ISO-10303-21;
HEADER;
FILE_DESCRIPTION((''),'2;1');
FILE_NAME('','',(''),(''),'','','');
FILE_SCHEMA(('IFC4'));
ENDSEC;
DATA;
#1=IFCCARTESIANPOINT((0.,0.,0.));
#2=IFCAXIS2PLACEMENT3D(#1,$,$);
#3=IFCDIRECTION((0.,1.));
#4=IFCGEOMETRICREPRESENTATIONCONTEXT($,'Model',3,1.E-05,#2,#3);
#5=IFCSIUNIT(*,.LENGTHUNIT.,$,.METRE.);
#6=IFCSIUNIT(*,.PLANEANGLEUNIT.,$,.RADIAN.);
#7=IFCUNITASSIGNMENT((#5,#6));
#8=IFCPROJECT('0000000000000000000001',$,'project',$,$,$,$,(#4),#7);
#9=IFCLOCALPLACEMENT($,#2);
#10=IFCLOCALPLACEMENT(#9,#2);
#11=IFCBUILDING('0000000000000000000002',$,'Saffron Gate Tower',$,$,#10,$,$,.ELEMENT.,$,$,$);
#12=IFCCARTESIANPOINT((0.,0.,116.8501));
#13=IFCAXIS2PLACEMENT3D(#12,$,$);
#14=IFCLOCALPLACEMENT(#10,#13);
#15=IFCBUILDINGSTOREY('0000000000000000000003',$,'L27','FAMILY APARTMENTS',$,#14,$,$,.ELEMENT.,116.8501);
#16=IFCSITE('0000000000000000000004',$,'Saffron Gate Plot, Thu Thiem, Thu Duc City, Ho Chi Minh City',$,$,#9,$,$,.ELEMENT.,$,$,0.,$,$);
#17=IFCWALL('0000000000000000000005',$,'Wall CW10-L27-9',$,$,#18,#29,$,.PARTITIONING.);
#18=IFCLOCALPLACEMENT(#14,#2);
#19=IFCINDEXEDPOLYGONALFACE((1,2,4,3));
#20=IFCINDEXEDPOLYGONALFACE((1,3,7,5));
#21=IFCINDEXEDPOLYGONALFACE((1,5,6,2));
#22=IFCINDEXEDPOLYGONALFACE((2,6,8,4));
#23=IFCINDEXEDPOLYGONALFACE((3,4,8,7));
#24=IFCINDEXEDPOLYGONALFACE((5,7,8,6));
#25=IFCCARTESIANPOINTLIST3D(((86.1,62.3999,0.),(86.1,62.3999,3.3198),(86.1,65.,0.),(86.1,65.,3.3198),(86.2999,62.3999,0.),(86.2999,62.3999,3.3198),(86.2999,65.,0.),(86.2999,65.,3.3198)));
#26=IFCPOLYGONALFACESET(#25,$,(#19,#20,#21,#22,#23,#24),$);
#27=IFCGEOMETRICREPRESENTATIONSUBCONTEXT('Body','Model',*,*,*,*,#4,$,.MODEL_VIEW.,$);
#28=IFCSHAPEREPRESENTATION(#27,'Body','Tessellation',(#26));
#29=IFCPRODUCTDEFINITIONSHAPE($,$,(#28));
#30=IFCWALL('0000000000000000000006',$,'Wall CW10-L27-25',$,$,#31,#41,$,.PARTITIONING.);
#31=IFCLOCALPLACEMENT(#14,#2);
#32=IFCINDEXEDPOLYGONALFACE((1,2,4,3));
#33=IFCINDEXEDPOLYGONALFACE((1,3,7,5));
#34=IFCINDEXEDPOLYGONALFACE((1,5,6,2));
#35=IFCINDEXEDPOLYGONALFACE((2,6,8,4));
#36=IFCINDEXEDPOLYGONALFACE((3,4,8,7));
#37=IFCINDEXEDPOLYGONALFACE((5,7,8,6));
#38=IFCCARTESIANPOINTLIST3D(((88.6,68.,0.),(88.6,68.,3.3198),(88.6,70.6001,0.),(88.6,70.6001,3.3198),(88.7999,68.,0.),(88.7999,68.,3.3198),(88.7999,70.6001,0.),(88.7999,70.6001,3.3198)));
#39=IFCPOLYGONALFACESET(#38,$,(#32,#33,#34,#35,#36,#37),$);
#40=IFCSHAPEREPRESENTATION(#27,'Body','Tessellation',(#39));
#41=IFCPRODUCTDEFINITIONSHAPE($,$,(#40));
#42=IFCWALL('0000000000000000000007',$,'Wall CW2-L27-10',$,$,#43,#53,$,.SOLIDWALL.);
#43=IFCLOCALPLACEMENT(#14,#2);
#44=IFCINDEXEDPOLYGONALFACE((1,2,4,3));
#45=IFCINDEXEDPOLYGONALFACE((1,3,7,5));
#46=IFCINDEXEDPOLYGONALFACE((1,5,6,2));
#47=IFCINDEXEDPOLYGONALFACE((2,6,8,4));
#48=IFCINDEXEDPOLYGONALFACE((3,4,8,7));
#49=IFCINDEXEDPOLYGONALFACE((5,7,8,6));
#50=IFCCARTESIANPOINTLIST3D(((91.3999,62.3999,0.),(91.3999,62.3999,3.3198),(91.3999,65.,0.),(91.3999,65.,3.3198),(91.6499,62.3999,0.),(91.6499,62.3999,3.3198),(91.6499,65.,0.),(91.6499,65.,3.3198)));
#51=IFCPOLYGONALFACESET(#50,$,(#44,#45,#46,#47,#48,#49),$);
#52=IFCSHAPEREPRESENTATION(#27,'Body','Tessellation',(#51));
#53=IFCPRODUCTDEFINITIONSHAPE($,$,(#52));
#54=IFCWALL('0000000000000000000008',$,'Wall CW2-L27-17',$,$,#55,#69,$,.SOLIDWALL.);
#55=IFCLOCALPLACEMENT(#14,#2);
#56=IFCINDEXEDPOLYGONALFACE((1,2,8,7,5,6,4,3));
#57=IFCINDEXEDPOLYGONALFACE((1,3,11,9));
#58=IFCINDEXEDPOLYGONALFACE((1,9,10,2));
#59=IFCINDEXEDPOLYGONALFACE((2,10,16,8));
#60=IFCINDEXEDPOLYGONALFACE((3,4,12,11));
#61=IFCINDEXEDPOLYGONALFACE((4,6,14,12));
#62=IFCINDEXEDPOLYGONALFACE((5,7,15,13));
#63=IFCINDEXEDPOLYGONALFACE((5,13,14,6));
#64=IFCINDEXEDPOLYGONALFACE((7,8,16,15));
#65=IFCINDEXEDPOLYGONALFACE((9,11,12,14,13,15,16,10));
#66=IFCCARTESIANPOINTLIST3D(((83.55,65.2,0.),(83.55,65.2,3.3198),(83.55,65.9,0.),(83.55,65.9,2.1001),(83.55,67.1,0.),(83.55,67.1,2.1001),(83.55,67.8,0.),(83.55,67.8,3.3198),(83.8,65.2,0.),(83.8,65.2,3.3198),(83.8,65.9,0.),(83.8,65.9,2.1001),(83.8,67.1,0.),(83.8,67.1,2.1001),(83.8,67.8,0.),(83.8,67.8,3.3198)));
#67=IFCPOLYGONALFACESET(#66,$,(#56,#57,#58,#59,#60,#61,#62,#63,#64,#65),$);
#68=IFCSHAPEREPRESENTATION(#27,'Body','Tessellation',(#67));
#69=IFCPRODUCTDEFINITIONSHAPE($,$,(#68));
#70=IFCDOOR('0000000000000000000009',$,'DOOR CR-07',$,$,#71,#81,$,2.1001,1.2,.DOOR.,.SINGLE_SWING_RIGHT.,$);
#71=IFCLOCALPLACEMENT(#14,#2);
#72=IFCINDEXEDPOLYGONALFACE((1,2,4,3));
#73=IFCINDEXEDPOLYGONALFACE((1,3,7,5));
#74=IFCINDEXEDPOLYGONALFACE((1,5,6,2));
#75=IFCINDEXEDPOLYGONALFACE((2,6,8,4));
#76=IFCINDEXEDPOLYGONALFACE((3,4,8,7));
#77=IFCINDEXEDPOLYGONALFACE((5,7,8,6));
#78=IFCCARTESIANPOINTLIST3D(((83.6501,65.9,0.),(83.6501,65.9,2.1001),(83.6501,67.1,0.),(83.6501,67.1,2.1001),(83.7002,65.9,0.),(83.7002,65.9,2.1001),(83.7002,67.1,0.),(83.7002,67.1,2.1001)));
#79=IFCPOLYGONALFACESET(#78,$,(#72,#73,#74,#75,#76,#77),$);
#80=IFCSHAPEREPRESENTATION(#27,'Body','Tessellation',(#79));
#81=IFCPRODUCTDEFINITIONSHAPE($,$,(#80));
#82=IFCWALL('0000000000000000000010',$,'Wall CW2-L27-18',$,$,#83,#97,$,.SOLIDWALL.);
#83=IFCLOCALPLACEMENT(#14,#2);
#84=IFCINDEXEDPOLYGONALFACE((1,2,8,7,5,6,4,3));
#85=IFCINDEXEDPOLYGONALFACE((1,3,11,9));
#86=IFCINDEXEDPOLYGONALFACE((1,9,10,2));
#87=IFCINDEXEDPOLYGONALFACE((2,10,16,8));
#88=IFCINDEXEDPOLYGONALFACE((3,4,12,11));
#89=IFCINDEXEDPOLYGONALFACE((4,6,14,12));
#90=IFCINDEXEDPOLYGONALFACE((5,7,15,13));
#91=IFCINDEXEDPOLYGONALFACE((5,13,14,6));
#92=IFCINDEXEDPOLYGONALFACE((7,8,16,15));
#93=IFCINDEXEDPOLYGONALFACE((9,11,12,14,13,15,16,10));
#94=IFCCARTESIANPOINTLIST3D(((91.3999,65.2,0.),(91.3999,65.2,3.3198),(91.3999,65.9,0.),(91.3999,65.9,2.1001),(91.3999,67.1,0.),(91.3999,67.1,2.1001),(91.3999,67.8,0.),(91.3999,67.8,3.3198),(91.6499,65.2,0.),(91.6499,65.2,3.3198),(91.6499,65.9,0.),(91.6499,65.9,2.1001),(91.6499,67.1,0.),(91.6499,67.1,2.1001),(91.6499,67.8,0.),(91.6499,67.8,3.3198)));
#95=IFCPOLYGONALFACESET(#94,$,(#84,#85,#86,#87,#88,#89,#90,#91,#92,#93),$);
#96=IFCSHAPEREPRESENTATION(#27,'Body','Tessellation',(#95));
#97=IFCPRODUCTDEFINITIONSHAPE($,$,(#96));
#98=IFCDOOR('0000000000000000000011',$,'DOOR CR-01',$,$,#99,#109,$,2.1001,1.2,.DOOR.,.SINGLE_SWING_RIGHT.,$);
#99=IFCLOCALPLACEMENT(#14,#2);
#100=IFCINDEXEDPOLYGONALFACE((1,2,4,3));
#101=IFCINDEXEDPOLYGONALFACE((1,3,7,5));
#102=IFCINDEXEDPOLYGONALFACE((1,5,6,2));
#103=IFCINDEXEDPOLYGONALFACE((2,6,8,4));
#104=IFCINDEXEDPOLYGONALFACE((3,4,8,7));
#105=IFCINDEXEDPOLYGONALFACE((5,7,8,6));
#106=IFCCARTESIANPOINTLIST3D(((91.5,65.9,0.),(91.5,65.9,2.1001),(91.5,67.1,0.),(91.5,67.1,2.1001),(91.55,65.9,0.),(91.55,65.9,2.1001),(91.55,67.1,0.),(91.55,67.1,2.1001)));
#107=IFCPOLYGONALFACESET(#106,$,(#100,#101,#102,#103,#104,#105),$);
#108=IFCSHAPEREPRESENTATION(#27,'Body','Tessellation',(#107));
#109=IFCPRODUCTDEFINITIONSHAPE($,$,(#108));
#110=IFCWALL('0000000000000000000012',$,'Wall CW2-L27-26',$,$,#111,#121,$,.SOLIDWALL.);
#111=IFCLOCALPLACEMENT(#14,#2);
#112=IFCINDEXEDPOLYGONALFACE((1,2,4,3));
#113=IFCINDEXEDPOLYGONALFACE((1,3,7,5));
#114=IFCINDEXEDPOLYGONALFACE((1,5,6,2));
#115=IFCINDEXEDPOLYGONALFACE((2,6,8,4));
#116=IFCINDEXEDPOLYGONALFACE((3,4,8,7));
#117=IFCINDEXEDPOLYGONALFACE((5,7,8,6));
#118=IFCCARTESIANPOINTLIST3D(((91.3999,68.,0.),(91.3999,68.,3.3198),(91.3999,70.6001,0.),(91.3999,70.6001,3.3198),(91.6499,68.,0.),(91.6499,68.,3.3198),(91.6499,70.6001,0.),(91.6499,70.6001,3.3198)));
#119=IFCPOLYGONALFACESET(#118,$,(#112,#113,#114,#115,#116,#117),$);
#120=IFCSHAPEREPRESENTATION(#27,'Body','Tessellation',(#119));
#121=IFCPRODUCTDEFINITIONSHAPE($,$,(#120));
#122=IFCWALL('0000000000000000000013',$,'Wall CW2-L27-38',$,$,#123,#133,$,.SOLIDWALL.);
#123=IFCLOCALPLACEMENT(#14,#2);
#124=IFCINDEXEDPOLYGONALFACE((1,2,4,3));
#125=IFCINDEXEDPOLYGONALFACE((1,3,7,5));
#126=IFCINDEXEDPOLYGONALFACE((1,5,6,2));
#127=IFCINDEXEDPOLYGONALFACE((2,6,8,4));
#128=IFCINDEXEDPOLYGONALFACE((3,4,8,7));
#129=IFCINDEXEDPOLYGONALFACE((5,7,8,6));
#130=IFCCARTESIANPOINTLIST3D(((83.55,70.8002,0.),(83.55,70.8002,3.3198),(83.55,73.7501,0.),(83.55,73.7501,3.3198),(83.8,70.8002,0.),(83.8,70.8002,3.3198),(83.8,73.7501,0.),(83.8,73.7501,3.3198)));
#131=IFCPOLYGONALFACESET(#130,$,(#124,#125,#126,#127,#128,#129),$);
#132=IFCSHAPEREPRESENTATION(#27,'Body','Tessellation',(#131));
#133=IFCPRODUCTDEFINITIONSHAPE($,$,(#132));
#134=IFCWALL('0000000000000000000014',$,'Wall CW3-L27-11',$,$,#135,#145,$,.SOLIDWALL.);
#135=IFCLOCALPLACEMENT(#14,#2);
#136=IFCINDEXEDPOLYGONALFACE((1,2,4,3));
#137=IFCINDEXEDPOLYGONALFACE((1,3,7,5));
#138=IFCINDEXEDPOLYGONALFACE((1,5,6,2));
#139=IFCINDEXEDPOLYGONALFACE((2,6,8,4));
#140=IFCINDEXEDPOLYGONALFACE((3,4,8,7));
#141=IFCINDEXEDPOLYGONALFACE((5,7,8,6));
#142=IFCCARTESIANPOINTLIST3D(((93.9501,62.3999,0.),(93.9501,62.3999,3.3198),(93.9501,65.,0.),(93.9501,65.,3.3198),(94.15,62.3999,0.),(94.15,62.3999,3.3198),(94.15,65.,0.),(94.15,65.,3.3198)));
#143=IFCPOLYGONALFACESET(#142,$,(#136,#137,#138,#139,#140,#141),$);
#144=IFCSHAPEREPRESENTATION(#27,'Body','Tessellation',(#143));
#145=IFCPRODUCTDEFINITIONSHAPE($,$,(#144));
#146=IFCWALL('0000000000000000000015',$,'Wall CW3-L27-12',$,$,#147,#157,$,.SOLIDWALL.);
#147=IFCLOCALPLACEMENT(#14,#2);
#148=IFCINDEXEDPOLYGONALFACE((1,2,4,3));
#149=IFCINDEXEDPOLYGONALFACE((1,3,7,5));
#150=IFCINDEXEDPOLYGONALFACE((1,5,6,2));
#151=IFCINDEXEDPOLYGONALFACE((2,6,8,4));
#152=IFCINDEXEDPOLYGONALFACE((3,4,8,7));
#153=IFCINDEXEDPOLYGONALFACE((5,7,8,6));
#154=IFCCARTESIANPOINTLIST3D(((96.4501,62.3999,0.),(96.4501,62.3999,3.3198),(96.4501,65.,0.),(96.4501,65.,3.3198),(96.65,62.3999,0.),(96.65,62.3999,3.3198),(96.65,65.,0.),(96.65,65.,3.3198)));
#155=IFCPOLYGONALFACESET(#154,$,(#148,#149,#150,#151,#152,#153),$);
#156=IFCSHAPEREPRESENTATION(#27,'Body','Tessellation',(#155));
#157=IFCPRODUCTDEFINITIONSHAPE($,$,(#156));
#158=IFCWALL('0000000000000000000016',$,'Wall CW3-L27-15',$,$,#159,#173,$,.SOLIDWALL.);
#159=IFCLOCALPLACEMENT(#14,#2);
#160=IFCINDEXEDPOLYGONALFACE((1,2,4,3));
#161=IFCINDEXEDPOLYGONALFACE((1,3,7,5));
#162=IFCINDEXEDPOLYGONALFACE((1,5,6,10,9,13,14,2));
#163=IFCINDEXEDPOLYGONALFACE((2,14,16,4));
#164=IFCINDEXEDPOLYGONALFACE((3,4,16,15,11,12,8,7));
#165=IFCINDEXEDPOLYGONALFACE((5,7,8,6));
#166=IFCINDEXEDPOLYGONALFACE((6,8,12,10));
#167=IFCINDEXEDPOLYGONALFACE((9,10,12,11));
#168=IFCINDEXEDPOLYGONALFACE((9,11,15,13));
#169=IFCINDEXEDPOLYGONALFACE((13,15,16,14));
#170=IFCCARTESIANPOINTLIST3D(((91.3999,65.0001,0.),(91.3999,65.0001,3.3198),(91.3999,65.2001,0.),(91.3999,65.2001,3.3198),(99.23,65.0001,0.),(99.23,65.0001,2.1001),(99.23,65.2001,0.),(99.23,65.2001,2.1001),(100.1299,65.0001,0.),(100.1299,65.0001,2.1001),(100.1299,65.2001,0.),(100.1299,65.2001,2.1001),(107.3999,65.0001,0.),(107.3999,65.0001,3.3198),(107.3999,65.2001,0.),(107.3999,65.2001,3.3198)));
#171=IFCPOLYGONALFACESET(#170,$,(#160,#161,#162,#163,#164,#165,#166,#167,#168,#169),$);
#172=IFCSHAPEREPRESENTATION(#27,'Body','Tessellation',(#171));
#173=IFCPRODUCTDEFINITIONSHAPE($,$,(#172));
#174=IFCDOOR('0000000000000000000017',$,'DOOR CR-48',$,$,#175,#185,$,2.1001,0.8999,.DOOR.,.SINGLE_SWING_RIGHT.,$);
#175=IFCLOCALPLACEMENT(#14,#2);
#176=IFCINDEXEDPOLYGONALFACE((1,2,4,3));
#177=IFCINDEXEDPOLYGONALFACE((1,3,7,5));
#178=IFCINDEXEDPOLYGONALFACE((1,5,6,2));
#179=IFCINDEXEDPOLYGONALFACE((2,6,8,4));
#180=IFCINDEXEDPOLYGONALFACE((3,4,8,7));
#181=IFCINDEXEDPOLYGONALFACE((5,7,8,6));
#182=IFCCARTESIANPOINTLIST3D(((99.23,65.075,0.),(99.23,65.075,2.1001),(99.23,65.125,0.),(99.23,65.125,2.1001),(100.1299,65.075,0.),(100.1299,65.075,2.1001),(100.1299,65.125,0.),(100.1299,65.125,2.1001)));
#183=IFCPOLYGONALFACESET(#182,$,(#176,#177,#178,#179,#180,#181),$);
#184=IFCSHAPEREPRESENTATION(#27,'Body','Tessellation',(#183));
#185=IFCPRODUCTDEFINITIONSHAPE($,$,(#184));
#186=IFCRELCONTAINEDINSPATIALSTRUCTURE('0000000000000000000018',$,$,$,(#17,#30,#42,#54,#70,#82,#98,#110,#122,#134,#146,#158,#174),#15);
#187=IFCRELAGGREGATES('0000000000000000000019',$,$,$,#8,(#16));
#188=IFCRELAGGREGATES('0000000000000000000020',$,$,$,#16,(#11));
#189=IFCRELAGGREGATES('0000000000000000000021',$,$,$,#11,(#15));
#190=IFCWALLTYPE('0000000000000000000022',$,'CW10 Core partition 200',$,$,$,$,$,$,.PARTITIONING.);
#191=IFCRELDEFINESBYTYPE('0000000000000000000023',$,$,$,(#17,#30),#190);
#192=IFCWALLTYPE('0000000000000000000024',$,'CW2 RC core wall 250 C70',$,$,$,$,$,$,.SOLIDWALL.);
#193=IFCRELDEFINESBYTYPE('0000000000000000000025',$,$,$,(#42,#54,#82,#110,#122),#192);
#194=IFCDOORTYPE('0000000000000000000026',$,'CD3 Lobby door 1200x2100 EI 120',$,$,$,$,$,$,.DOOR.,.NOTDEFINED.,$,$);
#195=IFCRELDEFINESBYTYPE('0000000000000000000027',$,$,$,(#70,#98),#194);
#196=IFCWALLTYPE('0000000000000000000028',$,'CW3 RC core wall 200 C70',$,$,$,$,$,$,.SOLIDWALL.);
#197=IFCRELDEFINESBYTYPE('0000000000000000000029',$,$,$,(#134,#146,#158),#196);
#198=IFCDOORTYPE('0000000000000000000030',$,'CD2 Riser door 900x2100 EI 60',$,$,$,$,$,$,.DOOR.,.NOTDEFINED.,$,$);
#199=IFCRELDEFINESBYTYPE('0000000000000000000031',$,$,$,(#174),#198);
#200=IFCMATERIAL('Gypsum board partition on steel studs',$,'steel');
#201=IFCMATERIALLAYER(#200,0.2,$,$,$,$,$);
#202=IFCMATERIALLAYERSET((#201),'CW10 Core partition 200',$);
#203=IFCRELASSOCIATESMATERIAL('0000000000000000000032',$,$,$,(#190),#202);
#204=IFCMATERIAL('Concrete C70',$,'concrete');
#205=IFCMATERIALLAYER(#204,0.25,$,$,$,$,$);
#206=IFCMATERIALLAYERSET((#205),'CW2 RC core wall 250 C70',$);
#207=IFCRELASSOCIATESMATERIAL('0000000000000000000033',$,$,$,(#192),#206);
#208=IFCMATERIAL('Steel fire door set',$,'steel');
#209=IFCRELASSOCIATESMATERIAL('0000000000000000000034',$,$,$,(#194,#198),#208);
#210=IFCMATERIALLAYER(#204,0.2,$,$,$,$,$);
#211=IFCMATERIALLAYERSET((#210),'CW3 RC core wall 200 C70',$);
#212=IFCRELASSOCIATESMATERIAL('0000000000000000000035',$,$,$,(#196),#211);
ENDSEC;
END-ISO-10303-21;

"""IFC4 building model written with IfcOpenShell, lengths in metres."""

from ifc_helpers import new_model, si_unit, direction, frame, frame_2d, origin, place, context, subcontext, project, spatial, rectangle, extrude, material, layer, layer_set, type_object, element, fill, save


model = new_model("IFC4")

# Units and contexts
model_context = context("Model", 3, precision=1e-05, world=origin(), true_north=direction((0.0, 1.0)))
body_context = subcontext(model_context, "Body", "Model", "MODEL_VIEW")
ifc_project = project(units=[si_unit("LENGTHUNIT", "METRE"), si_unit("PLANEANGLEUNIT", "RADIAN")], contexts=[model_context])

# Site, building, storey
site_placement = place(None, origin())
site = spatial("IfcSite", under=ifc_project, at=site_placement, Name="Saffron Gate Plot, Thu Thiem, Thu Duc City, Ho Chi Minh City", CompositionType="ELEMENT", RefElevation=0.0)
building_placement = place(site_placement, origin())
building = spatial("IfcBuilding", under=site, at=building_placement, Name="Saffron Gate Tower", CompositionType="ELEMENT")
storey_placement = place(building_placement, frame((0.0, 0.0, 116.8501)))
storey = spatial("IfcBuildingStorey", under=building, at=storey_placement, Name="L27", Description="FAMILY APARTMENTS", CompositionType="ELEMENT", Elevation=116.8501)

# Walls
ifc_material_1 = material(Name="Gypsum board partition on steel studs", Category="steel")
ifc_layer_1 = layer(ifc_material_1, 0.2)
ifc_layer_set_1 = layer_set([ifc_layer_1], Name="CW10 Core partition 200")
wall_type_1 = type_object("IfcWallType", Name="CW10 Core partition 200", PredefinedType="PARTITIONING", material=ifc_layer_set_1)
for number, where, z_axis, x_axis, name in (
    (1, (86.2, 62.3999, 0.0), (0.0, 0.0, 1.0), (0.0, 1.0, 0.0), "Wall CW10-L27-9"),
    (2, (88.7, 68.0, 0.0), (0.0, 0.0, 1.0), (0.0, 1.0, 0.0), "Wall CW10-L27-25"),
):
    element("IfcWall", number, at=place(storey_placement, frame(where, z_axis=z_axis, x_axis=x_axis)), inside=storey, type_object=wall_type_1, Name=name, PredefinedType="PARTITIONING", context=body_context, shape_type="SweptSolid", body=[
        extrude(rectangle(XDim=2.6001, YDim=0.2, at=frame_2d((1.3, 0.0))), origin(), (0.0, 0.0, 1.0), 3.3198),
    ])
ifc_material_2 = material(Name="Concrete C70", Category="concrete")
ifc_layer_2 = layer(ifc_material_2, 0.25)
ifc_layer_set_2 = layer_set([ifc_layer_2], Name="CW2 RC core wall 250 C70")
wall_type_2 = type_object("IfcWallType", Name="CW2 RC core wall 250 C70", PredefinedType="SOLIDWALL", material=ifc_layer_set_2)
wall_1_placement = place(storey_placement, frame((91.5249, 62.3999, 0.0), z_axis=(0.0, 0.0, 1.0), x_axis=(0.0, 1.0, 0.0)))
element("IfcWall", 3, at=wall_1_placement, inside=storey, type_object=wall_type_2, Name="Wall CW2-L27-10", PredefinedType="SOLIDWALL", context=body_context, shape_type="SweptSolid", body=[
    extrude(rectangle(XDim=2.6001, YDim=0.25, at=frame_2d((1.3, 0.0))), origin(), (0.0, 0.0, 1.0), 3.3198),
])

# Walls, openings, doors
wall_2_placement = place(storey_placement, frame((83.675, 65.2, 0.0), z_axis=(0.0, 0.0, 1.0), x_axis=(0.0, 1.0, 0.0)))
wall_2 = element("IfcWall", 4, at=wall_2_placement, inside=storey, type_object=wall_type_2, Name="Wall CW2-L27-17", PredefinedType="SOLIDWALL", context=body_context, shape_type="SweptSolid", body=[
    extrude(rectangle(XDim=2.6001, YDim=0.25, at=frame_2d((1.3, 0.0))), origin(), (0.0, 0.0, 1.0), 3.3198),
])
opening_1_placement = place(wall_2_placement, frame((0.7, 0.0, 0.0)))
opening_1 = element("IfcOpeningElement", 5, at=opening_1_placement, cuts=wall_2, PredefinedType="OPENING", context=body_context, shape_type="SweptSolid", body=[
    extrude(rectangle(XDim=1.2, YDim=2.1001, at=frame_2d((0.6001, 1.05))), frame((0.0, 0.135, 0.0), z_axis=(0.0, -1.0, 0.0), x_axis=(1.0, 0.0, 0.0)), (0.0, 0.0, 1.0), 0.27),
])
ifc_material_3 = material(Name="Steel fire door set", Category="steel")
door_type_1 = type_object("IfcDoorType", Name="CD3 Lobby door 1200x2100 EI 120", OperationType="NOTDEFINED", PredefinedType="DOOR", material=ifc_material_3)
door_1_placement = place(opening_1_placement, origin())
door_1 = element("IfcDoor", 6, at=door_1_placement, inside=storey, type_object=door_type_1, Name="DOOR CR-07", OperationType="SINGLE_SWING_RIGHT", OverallHeight=2.1001, OverallWidth=1.2, PredefinedType="DOOR", context=body_context, shape_type="SweptSolid", body=[
    extrude(rectangle(XDim=1.2, YDim=2.1001, at=frame_2d((0.6001, 1.05))), frame((0.0, 0.0249, 0.0), z_axis=(0.0, -1.0, 0.0), x_axis=(1.0, 0.0, 0.0)), (0.0, 0.0, 1.0), 0.05),
])
fill(opening_1, door_1)
wall_3_placement = place(storey_placement, frame((91.5249, 65.2, 0.0), z_axis=(0.0, 0.0, 1.0), x_axis=(0.0, 1.0, 0.0)))
wall_3 = element("IfcWall", 7, at=wall_3_placement, inside=storey, type_object=wall_type_2, Name="Wall CW2-L27-18", PredefinedType="SOLIDWALL", context=body_context, shape_type="SweptSolid", body=[
    extrude(rectangle(XDim=2.6001, YDim=0.25, at=frame_2d((1.3, 0.0))), origin(), (0.0, 0.0, 1.0), 3.3198),
])
opening_2_placement = place(wall_3_placement, frame((0.7, 0.0, 0.0)))
opening_2 = element("IfcOpeningElement", 8, at=opening_2_placement, cuts=wall_3, PredefinedType="OPENING", context=body_context, shape_type="SweptSolid", body=[
    extrude(rectangle(XDim=1.2, YDim=2.1001, at=frame_2d((0.6001, 1.05))), frame((0.0, 0.135, 0.0), z_axis=(0.0, -1.0, 0.0), x_axis=(1.0, 0.0, 0.0)), (0.0, 0.0, 1.0), 0.27),
])
door_2_placement = place(opening_2_placement, origin())
door_2 = element("IfcDoor", 9, at=door_2_placement, inside=storey, type_object=door_type_1, Name="DOOR CR-01", OperationType="SINGLE_SWING_RIGHT", OverallHeight=2.1001, OverallWidth=1.2, PredefinedType="DOOR", context=body_context, shape_type="SweptSolid", body=[
    extrude(rectangle(XDim=1.2, YDim=2.1001, at=frame_2d((0.6001, 1.05))), frame((0.0, 0.0249, 0.0), z_axis=(0.0, -1.0, 0.0), x_axis=(1.0, 0.0, 0.0)), (0.0, 0.0, 1.0), 0.05),
])
fill(opening_2, door_2)

# Walls
wall_4_placement = place(storey_placement, frame((91.5249, 68.0, 0.0), z_axis=(0.0, 0.0, 1.0), x_axis=(0.0, 1.0, 0.0)))
element("IfcWall", 10, at=wall_4_placement, inside=storey, type_object=wall_type_2, Name="Wall CW2-L27-26", PredefinedType="SOLIDWALL", context=body_context, shape_type="SweptSolid", body=[
    extrude(rectangle(XDim=2.6001, YDim=0.25, at=frame_2d((1.3, 0.0))), origin(), (0.0, 0.0, 1.0), 3.3198),
])
wall_5_placement = place(storey_placement, frame((83.675, 70.8, 0.0), z_axis=(0.0, 0.0, 1.0), x_axis=(0.0, 1.0, 0.0)))
element("IfcWall", 11, at=wall_5_placement, inside=storey, type_object=wall_type_2, Name="Wall CW2-L27-38", PredefinedType="SOLIDWALL", context=body_context, shape_type="SweptSolid", body=[
    extrude(rectangle(XDim=2.95, YDim=0.25, at=frame_2d((1.4751, 0.0))), origin(), (0.0, 0.0, 1.0), 3.3198),
])
ifc_layer_3 = layer(ifc_material_2, 0.2)
ifc_layer_set_3 = layer_set([ifc_layer_3], Name="CW3 RC core wall 200 C70")
wall_type_3 = type_object("IfcWallType", Name="CW3 RC core wall 200 C70", PredefinedType="SOLIDWALL", material=ifc_layer_set_3)
for number, where, z_axis, x_axis, name in (
    (12, (94.05, 62.3999, 0.0), (0.0, 0.0, 1.0), (0.0, 1.0, 0.0), "Wall CW3-L27-11"),
    (13, (96.55, 62.3999, 0.0), (0.0, 0.0, 1.0), (0.0, 1.0, 0.0), "Wall CW3-L27-12"),
):
    element("IfcWall", number, at=place(storey_placement, frame(where, z_axis=z_axis, x_axis=x_axis)), inside=storey, type_object=wall_type_3, Name=name, PredefinedType="SOLIDWALL", context=body_context, shape_type="SweptSolid", body=[
        extrude(rectangle(XDim=2.6001, YDim=0.2, at=frame_2d((1.3, 0.0))), origin(), (0.0, 0.0, 1.0), 3.3198),
    ])

# Wall, opening, door
wall_6_placement = place(storey_placement, frame((91.3999, 65.1001, 0.0), z_axis=(0.0, 0.0, 1.0), x_axis=(1.0, 0.0, 0.0)))
wall_6 = element("IfcWall", 14, at=wall_6_placement, inside=storey, type_object=wall_type_3, Name="Wall CW3-L27-15", PredefinedType="SOLIDWALL", context=body_context, shape_type="SweptSolid", body=[
    extrude(rectangle(XDim=16.0, YDim=0.2, at=frame_2d((8.0, 0.0))), origin(), (0.0, 0.0, 1.0), 3.3198),
])
opening_3_placement = place(wall_6_placement, frame((7.8301, 0.0, 0.0)))
opening_3 = element("IfcOpeningElement", 15, at=opening_3_placement, cuts=wall_6, PredefinedType="OPENING", context=body_context, shape_type="SweptSolid", body=[
    extrude(rectangle(XDim=0.8999, YDim=2.1001, at=frame_2d((0.45, 1.05))), frame((0.0, 0.1099, 0.0), z_axis=(0.0, -1.0, 0.0), x_axis=(1.0, 0.0, 0.0)), (0.0, 0.0, 1.0), 0.22),
])
door_type_2 = type_object("IfcDoorType", Name="CD2 Riser door 900x2100 EI 60", OperationType="NOTDEFINED", PredefinedType="DOOR", material=ifc_material_3)
door_3_placement = place(opening_3_placement, origin())
door_3 = element("IfcDoor", 16, at=door_3_placement, inside=storey, type_object=door_type_2, Name="DOOR CR-48", OperationType="SINGLE_SWING_RIGHT", OverallHeight=2.1001, OverallWidth=0.8999, PredefinedType="DOOR", context=body_context, shape_type="SweptSolid", body=[
    extrude(rectangle(XDim=0.8999, YDim=2.1001, at=frame_2d((0.45, 1.05))), frame((0.0, 0.0249, 0.0), z_axis=(0.0, -1.0, 0.0), x_axis=(1.0, 0.0, 0.0)), (0.0, 0.0, 1.0), 0.05),
])
fill(opening_3, door_3)

save(model, "model.ifc")
